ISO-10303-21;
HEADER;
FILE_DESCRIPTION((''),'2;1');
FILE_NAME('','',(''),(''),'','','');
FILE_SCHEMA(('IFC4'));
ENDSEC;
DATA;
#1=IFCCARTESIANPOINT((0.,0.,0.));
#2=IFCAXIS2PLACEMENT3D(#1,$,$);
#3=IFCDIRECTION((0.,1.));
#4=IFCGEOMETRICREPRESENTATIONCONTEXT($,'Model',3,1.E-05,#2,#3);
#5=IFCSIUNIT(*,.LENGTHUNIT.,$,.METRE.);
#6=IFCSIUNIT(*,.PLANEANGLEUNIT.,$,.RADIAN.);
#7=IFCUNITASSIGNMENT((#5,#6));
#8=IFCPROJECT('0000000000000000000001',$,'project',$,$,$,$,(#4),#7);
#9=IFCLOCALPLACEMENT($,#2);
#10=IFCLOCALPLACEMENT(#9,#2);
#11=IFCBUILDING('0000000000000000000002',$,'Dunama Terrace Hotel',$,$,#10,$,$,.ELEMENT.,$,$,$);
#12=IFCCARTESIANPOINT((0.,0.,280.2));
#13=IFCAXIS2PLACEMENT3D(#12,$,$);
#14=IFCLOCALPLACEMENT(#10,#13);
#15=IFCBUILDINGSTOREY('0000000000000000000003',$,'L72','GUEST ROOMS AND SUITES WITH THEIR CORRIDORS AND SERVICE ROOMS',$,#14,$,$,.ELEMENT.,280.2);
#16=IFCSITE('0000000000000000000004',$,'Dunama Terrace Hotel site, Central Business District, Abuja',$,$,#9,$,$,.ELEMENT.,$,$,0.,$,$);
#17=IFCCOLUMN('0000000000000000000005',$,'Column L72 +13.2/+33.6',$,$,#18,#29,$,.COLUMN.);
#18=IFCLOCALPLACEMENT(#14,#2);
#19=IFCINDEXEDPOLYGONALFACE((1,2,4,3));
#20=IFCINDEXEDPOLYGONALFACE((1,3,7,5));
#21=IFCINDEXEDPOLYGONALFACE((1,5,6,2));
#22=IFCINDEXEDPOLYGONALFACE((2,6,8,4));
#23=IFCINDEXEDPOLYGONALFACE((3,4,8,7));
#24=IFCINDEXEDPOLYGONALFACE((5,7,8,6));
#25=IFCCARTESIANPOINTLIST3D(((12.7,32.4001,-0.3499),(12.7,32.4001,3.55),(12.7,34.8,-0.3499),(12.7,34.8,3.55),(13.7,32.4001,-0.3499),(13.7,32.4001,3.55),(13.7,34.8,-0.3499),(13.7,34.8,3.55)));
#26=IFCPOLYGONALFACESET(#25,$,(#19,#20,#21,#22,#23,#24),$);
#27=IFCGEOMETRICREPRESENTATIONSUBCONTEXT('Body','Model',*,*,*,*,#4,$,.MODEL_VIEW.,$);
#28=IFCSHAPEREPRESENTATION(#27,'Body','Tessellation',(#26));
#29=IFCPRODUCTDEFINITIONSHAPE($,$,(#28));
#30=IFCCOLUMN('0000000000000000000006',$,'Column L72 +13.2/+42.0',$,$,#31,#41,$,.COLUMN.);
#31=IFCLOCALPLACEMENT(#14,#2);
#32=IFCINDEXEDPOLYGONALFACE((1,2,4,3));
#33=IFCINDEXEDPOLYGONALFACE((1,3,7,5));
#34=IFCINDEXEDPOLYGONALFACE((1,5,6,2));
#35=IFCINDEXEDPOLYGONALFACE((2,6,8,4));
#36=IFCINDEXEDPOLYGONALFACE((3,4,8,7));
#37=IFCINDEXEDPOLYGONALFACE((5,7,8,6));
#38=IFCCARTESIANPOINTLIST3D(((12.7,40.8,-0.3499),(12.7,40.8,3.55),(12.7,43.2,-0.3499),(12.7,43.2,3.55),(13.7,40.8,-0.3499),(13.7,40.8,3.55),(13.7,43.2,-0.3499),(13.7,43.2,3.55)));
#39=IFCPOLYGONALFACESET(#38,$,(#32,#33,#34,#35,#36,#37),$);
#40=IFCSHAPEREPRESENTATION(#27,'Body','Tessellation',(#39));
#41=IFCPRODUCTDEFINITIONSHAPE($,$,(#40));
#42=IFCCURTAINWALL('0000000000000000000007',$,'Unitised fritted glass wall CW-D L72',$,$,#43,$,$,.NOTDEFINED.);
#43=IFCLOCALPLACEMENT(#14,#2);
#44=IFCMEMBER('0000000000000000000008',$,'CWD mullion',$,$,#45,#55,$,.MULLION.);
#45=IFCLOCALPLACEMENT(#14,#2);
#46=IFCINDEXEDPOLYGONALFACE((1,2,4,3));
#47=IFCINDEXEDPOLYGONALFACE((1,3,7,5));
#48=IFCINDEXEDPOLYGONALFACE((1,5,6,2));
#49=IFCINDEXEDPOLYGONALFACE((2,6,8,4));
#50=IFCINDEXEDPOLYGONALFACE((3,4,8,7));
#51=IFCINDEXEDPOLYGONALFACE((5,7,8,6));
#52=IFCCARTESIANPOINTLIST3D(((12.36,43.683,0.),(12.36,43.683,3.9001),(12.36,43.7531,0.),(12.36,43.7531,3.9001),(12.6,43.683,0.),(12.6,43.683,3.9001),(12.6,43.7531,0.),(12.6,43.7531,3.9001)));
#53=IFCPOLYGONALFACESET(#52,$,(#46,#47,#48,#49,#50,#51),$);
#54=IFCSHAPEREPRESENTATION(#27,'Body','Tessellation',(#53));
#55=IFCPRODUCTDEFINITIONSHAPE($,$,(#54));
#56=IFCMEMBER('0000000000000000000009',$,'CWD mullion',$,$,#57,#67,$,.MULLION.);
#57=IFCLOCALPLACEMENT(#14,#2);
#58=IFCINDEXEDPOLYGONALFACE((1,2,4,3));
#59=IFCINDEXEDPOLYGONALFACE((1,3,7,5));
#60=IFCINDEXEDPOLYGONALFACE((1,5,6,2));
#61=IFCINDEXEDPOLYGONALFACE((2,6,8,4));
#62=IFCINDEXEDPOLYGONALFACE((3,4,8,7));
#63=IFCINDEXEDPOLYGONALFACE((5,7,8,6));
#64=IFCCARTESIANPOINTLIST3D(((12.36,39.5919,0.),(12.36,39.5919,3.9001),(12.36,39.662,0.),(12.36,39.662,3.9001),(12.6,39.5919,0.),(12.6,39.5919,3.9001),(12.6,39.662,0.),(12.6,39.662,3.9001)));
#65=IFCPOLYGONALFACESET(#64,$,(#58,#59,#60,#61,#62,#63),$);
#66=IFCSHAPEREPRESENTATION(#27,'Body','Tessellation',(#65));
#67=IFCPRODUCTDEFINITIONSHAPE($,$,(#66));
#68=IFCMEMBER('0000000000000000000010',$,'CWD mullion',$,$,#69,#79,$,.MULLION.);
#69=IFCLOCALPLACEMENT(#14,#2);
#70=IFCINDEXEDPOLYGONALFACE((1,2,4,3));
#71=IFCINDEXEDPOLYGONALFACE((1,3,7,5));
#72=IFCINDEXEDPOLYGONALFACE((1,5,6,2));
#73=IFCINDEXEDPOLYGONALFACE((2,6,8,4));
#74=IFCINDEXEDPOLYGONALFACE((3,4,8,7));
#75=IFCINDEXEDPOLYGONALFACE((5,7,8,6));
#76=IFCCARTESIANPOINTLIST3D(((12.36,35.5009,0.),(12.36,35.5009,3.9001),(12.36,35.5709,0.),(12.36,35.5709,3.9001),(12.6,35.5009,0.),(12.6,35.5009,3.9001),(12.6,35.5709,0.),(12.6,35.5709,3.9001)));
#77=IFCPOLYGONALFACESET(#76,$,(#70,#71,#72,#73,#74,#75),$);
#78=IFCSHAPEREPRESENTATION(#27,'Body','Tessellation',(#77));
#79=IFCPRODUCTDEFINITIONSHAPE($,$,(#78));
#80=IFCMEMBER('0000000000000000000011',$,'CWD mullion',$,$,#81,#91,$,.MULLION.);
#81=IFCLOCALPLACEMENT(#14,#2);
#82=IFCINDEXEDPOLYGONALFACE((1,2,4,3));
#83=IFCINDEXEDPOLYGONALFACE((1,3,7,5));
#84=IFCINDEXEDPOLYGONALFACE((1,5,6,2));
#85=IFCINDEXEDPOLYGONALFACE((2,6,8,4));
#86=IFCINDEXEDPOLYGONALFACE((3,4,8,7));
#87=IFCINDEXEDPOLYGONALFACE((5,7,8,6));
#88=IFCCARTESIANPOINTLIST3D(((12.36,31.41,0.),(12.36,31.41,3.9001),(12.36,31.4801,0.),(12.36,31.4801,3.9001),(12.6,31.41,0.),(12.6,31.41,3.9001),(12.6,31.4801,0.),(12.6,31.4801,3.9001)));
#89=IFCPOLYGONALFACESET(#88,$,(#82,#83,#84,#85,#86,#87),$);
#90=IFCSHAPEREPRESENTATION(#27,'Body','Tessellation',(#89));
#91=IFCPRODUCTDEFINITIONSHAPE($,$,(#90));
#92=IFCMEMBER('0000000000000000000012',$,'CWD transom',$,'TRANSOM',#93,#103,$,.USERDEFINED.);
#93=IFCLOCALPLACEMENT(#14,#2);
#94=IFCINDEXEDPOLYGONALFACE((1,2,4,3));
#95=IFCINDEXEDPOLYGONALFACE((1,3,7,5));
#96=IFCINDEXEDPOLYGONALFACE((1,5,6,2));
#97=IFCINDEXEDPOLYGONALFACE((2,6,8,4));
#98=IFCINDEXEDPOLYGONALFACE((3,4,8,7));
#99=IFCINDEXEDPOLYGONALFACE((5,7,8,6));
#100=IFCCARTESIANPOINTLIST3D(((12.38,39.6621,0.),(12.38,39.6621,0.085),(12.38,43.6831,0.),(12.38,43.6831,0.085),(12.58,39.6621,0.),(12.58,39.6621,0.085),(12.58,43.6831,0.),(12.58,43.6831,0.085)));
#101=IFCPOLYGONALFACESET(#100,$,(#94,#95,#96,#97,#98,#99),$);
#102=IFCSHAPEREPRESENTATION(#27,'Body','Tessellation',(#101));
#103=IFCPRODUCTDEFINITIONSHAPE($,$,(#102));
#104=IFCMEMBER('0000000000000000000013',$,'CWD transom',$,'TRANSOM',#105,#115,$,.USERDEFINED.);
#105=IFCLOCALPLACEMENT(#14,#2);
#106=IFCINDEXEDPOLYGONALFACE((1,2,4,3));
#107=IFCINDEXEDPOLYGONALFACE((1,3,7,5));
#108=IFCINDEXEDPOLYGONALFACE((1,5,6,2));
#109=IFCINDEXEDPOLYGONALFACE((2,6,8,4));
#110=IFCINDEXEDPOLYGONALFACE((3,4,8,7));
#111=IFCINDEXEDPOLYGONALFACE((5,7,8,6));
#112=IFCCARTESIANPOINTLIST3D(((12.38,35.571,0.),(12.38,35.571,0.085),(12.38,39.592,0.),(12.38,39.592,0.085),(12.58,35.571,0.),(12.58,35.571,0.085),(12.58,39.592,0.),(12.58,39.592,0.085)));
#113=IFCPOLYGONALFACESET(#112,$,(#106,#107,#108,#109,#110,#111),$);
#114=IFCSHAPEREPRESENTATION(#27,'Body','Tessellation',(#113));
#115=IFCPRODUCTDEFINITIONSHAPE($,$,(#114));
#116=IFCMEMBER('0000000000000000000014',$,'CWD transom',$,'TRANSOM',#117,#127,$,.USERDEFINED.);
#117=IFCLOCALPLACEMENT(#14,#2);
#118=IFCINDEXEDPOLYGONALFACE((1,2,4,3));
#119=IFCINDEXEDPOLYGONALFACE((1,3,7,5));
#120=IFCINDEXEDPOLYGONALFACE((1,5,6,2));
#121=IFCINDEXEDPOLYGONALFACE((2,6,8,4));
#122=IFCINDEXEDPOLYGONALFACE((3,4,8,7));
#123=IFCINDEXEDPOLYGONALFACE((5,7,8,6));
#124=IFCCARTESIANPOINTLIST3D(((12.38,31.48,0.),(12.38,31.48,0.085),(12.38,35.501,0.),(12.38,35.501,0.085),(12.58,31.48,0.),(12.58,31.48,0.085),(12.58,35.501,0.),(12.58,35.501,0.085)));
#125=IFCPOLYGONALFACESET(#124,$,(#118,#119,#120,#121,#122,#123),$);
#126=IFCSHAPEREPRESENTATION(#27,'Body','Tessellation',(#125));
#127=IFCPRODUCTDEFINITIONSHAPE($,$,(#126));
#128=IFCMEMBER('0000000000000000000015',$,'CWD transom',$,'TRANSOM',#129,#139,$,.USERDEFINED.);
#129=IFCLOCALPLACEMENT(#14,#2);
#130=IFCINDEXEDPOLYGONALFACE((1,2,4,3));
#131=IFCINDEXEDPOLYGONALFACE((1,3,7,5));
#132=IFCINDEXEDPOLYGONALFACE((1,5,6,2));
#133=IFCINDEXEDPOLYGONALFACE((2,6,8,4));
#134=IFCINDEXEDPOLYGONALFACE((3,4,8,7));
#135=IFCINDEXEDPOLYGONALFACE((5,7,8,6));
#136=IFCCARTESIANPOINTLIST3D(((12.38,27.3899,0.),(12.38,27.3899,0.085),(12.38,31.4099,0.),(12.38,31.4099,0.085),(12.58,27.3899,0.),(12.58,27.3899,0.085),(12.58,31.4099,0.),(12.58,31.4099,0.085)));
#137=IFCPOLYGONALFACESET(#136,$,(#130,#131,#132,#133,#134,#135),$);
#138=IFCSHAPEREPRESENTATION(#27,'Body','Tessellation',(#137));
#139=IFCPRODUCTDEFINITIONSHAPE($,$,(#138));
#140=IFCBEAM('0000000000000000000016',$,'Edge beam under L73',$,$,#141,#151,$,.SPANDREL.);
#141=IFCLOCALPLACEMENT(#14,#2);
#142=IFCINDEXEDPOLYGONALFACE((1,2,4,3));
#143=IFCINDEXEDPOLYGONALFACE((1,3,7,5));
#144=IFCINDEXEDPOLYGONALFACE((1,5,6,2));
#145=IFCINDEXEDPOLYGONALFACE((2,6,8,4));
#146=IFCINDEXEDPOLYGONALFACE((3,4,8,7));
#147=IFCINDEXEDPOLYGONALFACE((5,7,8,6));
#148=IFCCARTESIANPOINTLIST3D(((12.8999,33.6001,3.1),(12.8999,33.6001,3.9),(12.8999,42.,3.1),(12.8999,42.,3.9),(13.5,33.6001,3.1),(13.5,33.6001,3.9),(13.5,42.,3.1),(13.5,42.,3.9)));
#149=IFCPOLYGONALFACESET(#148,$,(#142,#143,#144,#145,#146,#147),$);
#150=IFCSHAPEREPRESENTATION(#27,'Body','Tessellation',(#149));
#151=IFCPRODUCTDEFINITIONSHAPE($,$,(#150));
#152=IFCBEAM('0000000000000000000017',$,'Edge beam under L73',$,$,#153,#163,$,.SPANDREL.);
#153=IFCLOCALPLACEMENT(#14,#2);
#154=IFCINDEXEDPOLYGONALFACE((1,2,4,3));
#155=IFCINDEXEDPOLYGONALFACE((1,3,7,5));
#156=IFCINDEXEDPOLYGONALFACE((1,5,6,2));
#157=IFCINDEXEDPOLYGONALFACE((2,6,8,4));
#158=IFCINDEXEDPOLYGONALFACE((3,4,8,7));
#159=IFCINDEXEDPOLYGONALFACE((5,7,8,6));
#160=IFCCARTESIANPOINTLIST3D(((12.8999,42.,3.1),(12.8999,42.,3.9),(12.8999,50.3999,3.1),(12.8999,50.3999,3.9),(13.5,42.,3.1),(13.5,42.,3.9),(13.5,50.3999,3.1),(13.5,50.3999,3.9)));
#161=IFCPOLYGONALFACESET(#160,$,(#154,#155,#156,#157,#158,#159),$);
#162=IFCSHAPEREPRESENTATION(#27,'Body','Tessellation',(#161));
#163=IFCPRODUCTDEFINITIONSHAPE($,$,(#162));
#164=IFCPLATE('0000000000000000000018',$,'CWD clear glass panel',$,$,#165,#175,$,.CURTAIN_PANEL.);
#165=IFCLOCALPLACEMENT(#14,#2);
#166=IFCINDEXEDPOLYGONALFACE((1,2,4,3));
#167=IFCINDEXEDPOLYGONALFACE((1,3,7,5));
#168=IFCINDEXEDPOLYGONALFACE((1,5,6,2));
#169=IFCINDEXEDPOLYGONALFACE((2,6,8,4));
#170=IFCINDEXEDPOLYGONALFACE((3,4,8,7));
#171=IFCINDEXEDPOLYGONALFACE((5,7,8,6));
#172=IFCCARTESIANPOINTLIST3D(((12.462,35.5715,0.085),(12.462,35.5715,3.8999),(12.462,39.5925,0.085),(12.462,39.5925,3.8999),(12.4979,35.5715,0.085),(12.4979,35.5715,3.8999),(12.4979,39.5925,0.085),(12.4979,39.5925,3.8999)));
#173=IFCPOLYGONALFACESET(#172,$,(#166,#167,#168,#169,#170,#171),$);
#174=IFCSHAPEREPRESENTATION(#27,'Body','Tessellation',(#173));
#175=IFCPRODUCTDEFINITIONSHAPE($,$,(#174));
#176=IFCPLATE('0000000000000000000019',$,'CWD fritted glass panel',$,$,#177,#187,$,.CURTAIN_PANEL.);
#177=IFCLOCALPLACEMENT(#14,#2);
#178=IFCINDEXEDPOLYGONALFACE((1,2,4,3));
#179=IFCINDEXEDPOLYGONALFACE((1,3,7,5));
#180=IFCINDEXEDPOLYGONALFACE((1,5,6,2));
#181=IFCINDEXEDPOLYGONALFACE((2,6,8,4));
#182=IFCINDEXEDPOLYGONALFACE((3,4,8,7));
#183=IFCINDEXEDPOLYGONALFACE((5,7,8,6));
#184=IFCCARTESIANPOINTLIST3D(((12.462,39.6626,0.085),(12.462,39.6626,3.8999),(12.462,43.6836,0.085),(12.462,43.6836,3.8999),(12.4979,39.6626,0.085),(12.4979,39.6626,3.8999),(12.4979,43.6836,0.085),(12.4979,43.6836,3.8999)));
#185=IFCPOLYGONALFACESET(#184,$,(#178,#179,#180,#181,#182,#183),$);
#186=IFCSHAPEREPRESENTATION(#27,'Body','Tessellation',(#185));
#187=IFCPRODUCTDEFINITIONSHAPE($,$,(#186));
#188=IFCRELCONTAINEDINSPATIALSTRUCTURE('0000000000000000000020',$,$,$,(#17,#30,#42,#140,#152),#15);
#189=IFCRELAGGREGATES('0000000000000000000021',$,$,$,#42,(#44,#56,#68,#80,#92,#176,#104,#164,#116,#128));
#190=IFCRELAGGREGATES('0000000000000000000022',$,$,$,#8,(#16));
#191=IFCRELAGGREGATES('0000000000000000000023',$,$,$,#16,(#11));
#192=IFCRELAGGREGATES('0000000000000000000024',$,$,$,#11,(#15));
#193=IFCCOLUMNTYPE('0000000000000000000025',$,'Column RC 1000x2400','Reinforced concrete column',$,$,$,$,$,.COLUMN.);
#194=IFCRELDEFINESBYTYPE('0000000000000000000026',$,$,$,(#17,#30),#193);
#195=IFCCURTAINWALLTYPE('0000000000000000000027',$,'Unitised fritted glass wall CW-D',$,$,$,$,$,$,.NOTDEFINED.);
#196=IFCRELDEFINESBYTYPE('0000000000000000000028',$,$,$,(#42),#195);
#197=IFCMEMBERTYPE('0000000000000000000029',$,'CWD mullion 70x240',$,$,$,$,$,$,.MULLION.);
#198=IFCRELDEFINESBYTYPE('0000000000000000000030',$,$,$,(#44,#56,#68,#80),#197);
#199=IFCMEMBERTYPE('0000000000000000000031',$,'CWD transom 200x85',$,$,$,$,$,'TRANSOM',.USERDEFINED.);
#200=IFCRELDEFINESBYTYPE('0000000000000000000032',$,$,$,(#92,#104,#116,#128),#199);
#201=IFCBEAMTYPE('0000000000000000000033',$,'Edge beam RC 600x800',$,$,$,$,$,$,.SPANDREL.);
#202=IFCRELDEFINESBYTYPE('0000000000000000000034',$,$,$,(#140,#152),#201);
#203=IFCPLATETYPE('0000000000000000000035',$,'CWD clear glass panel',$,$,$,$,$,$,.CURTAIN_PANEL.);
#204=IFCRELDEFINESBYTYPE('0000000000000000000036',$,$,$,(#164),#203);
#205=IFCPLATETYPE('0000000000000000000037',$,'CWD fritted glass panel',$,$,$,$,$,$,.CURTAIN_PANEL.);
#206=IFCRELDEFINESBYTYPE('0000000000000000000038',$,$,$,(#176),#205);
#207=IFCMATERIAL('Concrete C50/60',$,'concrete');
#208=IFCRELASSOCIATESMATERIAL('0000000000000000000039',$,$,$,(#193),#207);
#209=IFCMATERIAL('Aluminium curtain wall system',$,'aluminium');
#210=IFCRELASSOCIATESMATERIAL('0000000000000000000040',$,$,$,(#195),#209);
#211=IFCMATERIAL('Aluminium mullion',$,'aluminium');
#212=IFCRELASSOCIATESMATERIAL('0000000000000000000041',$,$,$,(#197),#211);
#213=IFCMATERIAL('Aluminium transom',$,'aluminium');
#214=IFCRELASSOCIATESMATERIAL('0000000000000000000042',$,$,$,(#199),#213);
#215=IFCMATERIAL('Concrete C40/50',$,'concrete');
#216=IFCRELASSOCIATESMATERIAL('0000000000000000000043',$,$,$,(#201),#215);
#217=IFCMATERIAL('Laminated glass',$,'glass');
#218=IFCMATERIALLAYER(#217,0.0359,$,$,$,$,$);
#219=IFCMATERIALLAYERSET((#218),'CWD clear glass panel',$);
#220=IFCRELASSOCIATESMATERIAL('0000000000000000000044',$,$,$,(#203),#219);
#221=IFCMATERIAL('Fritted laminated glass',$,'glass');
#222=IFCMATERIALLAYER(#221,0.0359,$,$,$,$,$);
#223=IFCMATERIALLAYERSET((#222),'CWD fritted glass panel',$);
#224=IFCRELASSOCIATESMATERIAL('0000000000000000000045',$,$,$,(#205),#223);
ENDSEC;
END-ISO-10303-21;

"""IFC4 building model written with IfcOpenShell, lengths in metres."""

from ifc_helpers import new_model, si_unit, direction, frame, origin, origin_2d, place, context, subcontext, project, spatial, rectangle, extrude, material, layer, layer_set, material_profile, profile_set, type_object, element, aggregate, save


model = new_model("IFC4")

# Units and contexts
model_context = context("Model", 3, precision=1e-05, world=origin(), true_north=direction((0.0, 1.0)))
body_context = subcontext(model_context, "Body", "Model", "MODEL_VIEW")
ifc_project = project(units=[si_unit("LENGTHUNIT", "METRE"), si_unit("PLANEANGLEUNIT", "RADIAN")], contexts=[model_context])

# Site, building, storey
site_placement = place(None, origin())
site = spatial("IfcSite", under=ifc_project, at=site_placement, Name="Dunama Terrace Hotel site, Central Business District, Abuja", CompositionType="ELEMENT", RefElevation=0.0)
building_placement = place(site_placement, origin())
building = spatial("IfcBuilding", under=site, at=building_placement, Name="Dunama Terrace Hotel", CompositionType="ELEMENT")
storey_placement = place(building_placement, frame((0.0, 0.0, 280.2)))
storey = spatial("IfcBuildingStorey", under=building, at=storey_placement, Name="L72", Description="GUEST ROOMS AND SUITES WITH THEIR CORRIDORS AND SERVICE ROOMS", CompositionType="ELEMENT", Elevation=280.2)

# Columns
ifc_material_1 = material(Name="Concrete C50/60", Category="concrete")
ifc_material_profile_1 = material_profile(ifc_material_1, rectangle(XDim=1.0, YDim=2.3999, at=origin_2d()), Name="RC 1000x2400")
ifc_profile_set_1 = profile_set([ifc_material_profile_1], Name="Concrete C50/60")
column_type = type_object("IfcColumnType", Name="Column RC 1000x2400", Description="Reinforced concrete column", PredefinedType="COLUMN", material=ifc_profile_set_1)
for number, where, z_axis, x_axis, name in (
    (1, (13.2, 33.6001, -0.3499), (0.0, 0.0, 1.0), (1.0, 0.0, 0.0), "Column L72 +13.2/+33.6"),
    (2, (13.2, 42.0, -0.3499), (0.0, 0.0, 1.0), (1.0, 0.0, 0.0), "Column L72 +13.2/+42.0"),
):
    element("IfcColumn", number, at=place(storey_placement, frame(where, z_axis=z_axis, x_axis=x_axis)), inside=storey, type_object=column_type, Name=name, PredefinedType="COLUMN", context=body_context, shape_type="SweptSolid", body=[
        extrude(rectangle(XDim=1.0, YDim=2.3999, at=origin_2d()), origin(), (0.0, 0.0, 1.0), 3.8999),
    ])

# Curtain wall, members
ifc_material_2 = material(Name="Aluminium curtain wall system", Category="aluminium")
curtain_wall_type = type_object("IfcCurtainWallType", Name="Unitised fritted glass wall CW-D", PredefinedType="NOTDEFINED", material=ifc_material_2)
curtain_wall_placement = place(storey_placement, origin())
curtain_wall = element("IfcCurtainWall", 3, at=curtain_wall_placement, inside=storey, type_object=curtain_wall_type, Name="Unitised fritted glass wall CW-D L72", PredefinedType="NOTDEFINED")
ifc_material_3 = material(Name="Aluminium mullion", Category="aluminium")
ifc_material_profile_2 = material_profile(ifc_material_3, rectangle(XDim=0.0701, YDim=0.24, at=origin_2d()), Name="CWD MULLION 70X240")
ifc_profile_set_2 = profile_set([ifc_material_profile_2], Name="Aluminium mullion")
member_type_1 = type_object("IfcMemberType", Name="CWD mullion 70x240", PredefinedType="MULLION", material=ifc_profile_set_2)
member_1_placement = place(storey_placement, frame((12.48, 43.718, 0.0), z_axis=(0.0, 0.0, 1.0), x_axis=(0.0, -1.0, 0.0)))
member_1 = element("IfcMember", 4, at=member_1_placement, type_object=member_type_1, Name="CWD mullion", PredefinedType="MULLION", context=body_context, shape_type="SweptSolid", body=[
    extrude(rectangle(XDim=0.0701, YDim=0.24, at=origin_2d()), origin(), (0.0, 0.0, 1.0), 3.9001),
])
member_2_placement = place(storey_placement, frame((12.48, 39.627, 0.0), z_axis=(0.0, 0.0, 1.0), x_axis=(0.0, -1.0, 0.0)))
member_2 = element("IfcMember", 5, at=member_2_placement, type_object=member_type_1, Name="CWD mullion", PredefinedType="MULLION", context=body_context, shape_type="SweptSolid", body=[
    extrude(rectangle(XDim=0.0701, YDim=0.24, at=origin_2d()), origin(), (0.0, 0.0, 1.0), 3.9001),
])
member_3_placement = place(storey_placement, frame((12.48, 35.5359, 0.0), z_axis=(0.0, 0.0, 1.0), x_axis=(0.0, -1.0, 0.0)))
member_3 = element("IfcMember", 6, at=member_3_placement, type_object=member_type_1, Name="CWD mullion", PredefinedType="MULLION", context=body_context, shape_type="SweptSolid", body=[
    extrude(rectangle(XDim=0.0701, YDim=0.24, at=origin_2d()), origin(), (0.0, 0.0, 1.0), 3.9001),
])
member_4_placement = place(storey_placement, frame((12.48, 31.4451, 0.0), z_axis=(0.0, 0.0, 1.0), x_axis=(0.0, -1.0, 0.0)))
member_4 = element("IfcMember", 7, at=member_4_placement, type_object=member_type_1, Name="CWD mullion", PredefinedType="MULLION", context=body_context, shape_type="SweptSolid", body=[
    extrude(rectangle(XDim=0.0701, YDim=0.24, at=origin_2d()), origin(), (0.0, 0.0, 1.0), 3.9001),
])
ifc_material_4 = material(Name="Aluminium transom", Category="aluminium")
ifc_material_profile_3 = material_profile(ifc_material_4, rectangle(XDim=0.2, YDim=0.085, at=origin_2d()), Name="CWD TRANSOM 200X85")
ifc_profile_set_3 = profile_set([ifc_material_profile_3], Name="Aluminium transom")
member_type_2 = type_object("IfcMemberType", Name="CWD transom 200x85", ElementType="TRANSOM", PredefinedType="USERDEFINED", material=ifc_profile_set_3)
member_5_placement = place(storey_placement, frame((12.48, 43.6831, 0.0425), z_axis=(0.0, -1.0, 0.0), x_axis=(1.0, 0.0, 0.0)))
member_5 = element("IfcMember", 8, at=member_5_placement, type_object=member_type_2, Name="CWD transom", ObjectType="TRANSOM", PredefinedType="USERDEFINED", context=body_context, shape_type="SweptSolid", body=[
    extrude(rectangle(XDim=0.2, YDim=0.085, at=origin_2d()), origin(), (0.0, 0.0, 1.0), 4.021),
])
member_6_placement = place(storey_placement, frame((12.48, 39.592, 0.0425), z_axis=(0.0, -1.0, 0.0), x_axis=(1.0, 0.0, 0.0)))
member_6 = element("IfcMember", 9, at=member_6_placement, type_object=member_type_2, Name="CWD transom", ObjectType="TRANSOM", PredefinedType="USERDEFINED", context=body_context, shape_type="SweptSolid", body=[
    extrude(rectangle(XDim=0.2, YDim=0.085, at=origin_2d()), origin(), (0.0, 0.0, 1.0), 4.021),
])
member_7_placement = place(storey_placement, frame((12.48, 35.501, 0.0425), z_axis=(0.0, -1.0, 0.0), x_axis=(1.0, 0.0, 0.0)))
member_7 = element("IfcMember", 10, at=member_7_placement, type_object=member_type_2, Name="CWD transom", ObjectType="TRANSOM", PredefinedType="USERDEFINED", context=body_context, shape_type="SweptSolid", body=[
    extrude(rectangle(XDim=0.2, YDim=0.085, at=origin_2d()), origin(), (0.0, 0.0, 1.0), 4.021),
])
member_8_placement = place(storey_placement, frame((12.48, 31.4099, 0.0425), z_axis=(0.0, -1.0, 0.0), x_axis=(1.0, 0.0, 0.0)))
member_8 = element("IfcMember", 11, at=member_8_placement, type_object=member_type_2, Name="CWD transom", ObjectType="TRANSOM", PredefinedType="USERDEFINED", context=body_context, shape_type="SweptSolid", body=[
    extrude(rectangle(XDim=0.2, YDim=0.085, at=origin_2d()), origin(), (0.0, 0.0, 1.0), 4.02),
])

# Beams
ifc_material_5 = material(Name="Concrete C40/50", Category="concrete")
ifc_material_profile_4 = material_profile(ifc_material_5, rectangle(XDim=0.6001, YDim=0.8, at=origin_2d()), Name="RC 600x800")
ifc_profile_set_4 = profile_set([ifc_material_profile_4], Name="Concrete C40/50")
beam_type = type_object("IfcBeamType", Name="Edge beam RC 600x800", PredefinedType="SPANDREL", material=ifc_profile_set_4)
for number, where, z_axis, x_axis, name in (
    (12, (13.2, 33.6001, 3.5), (0.0, 1.0, 0.0), (-1.0, 0.0, 0.0), "Edge beam under L73"),
    (13, (13.2, 42.0, 3.5), (0.0, 1.0, 0.0), (-1.0, 0.0, 0.0), "Edge beam under L73"),
):
    element("IfcBeam", number, at=place(storey_placement, frame(where, z_axis=z_axis, x_axis=x_axis)), inside=storey, type_object=beam_type, Name=name, PredefinedType="SPANDREL", context=body_context, shape_type="SweptSolid", body=[
        extrude(rectangle(XDim=0.6001, YDim=0.8, at=origin_2d()), origin(), (0.0, 0.0, 1.0), 8.3999),
    ])

# Plates
ifc_material_6 = material(Name="Laminated glass", Category="glass")
ifc_layer_1 = layer(ifc_material_6, 0.0359)
ifc_layer_set_1 = layer_set([ifc_layer_1], Name="CWD clear glass panel")
plate_type_1 = type_object("IfcPlateType", Name="CWD clear glass panel", PredefinedType="CURTAIN_PANEL", material=ifc_layer_set_1)
plate_1_placement = place(storey_placement, frame((12.48, 37.582, 0.085), z_axis=(0.0, 0.0, 1.0), x_axis=(0.0, -1.0, 0.0)))
plate_1 = element("IfcPlate", 14, at=plate_1_placement, type_object=plate_type_1, Name="CWD clear glass panel", PredefinedType="CURTAIN_PANEL", context=body_context, shape_type="SweptSolid", body=[
    extrude(rectangle(XDim=4.021, YDim=0.0359, at=origin_2d()), origin(), (0.0, 0.0, 1.0), 3.8149),
])
ifc_material_7 = material(Name="Fritted laminated glass", Category="glass")
ifc_layer_2 = layer(ifc_material_7, 0.0359)
ifc_layer_set_2 = layer_set([ifc_layer_2], Name="CWD fritted glass panel")
plate_type_2 = type_object("IfcPlateType", Name="CWD fritted glass panel", PredefinedType="CURTAIN_PANEL", material=ifc_layer_set_2)
plate_2_placement = place(storey_placement, frame((12.48, 41.6731, 0.085), z_axis=(0.0, 0.0, 1.0), x_axis=(0.0, -1.0, 0.0)))
plate_2 = element("IfcPlate", 15, at=plate_2_placement, type_object=plate_type_2, Name="CWD fritted glass panel", PredefinedType="CURTAIN_PANEL", context=body_context, shape_type="SweptSolid", body=[
    extrude(rectangle(XDim=4.021, YDim=0.0359, at=origin_2d()), origin(), (0.0, 0.0, 1.0), 3.8149),
])
aggregate(curtain_wall, [member_1, member_2, member_3, member_4, member_5, plate_2, member_6, plate_1, member_7, member_8])

save(model, "model.ifc")
